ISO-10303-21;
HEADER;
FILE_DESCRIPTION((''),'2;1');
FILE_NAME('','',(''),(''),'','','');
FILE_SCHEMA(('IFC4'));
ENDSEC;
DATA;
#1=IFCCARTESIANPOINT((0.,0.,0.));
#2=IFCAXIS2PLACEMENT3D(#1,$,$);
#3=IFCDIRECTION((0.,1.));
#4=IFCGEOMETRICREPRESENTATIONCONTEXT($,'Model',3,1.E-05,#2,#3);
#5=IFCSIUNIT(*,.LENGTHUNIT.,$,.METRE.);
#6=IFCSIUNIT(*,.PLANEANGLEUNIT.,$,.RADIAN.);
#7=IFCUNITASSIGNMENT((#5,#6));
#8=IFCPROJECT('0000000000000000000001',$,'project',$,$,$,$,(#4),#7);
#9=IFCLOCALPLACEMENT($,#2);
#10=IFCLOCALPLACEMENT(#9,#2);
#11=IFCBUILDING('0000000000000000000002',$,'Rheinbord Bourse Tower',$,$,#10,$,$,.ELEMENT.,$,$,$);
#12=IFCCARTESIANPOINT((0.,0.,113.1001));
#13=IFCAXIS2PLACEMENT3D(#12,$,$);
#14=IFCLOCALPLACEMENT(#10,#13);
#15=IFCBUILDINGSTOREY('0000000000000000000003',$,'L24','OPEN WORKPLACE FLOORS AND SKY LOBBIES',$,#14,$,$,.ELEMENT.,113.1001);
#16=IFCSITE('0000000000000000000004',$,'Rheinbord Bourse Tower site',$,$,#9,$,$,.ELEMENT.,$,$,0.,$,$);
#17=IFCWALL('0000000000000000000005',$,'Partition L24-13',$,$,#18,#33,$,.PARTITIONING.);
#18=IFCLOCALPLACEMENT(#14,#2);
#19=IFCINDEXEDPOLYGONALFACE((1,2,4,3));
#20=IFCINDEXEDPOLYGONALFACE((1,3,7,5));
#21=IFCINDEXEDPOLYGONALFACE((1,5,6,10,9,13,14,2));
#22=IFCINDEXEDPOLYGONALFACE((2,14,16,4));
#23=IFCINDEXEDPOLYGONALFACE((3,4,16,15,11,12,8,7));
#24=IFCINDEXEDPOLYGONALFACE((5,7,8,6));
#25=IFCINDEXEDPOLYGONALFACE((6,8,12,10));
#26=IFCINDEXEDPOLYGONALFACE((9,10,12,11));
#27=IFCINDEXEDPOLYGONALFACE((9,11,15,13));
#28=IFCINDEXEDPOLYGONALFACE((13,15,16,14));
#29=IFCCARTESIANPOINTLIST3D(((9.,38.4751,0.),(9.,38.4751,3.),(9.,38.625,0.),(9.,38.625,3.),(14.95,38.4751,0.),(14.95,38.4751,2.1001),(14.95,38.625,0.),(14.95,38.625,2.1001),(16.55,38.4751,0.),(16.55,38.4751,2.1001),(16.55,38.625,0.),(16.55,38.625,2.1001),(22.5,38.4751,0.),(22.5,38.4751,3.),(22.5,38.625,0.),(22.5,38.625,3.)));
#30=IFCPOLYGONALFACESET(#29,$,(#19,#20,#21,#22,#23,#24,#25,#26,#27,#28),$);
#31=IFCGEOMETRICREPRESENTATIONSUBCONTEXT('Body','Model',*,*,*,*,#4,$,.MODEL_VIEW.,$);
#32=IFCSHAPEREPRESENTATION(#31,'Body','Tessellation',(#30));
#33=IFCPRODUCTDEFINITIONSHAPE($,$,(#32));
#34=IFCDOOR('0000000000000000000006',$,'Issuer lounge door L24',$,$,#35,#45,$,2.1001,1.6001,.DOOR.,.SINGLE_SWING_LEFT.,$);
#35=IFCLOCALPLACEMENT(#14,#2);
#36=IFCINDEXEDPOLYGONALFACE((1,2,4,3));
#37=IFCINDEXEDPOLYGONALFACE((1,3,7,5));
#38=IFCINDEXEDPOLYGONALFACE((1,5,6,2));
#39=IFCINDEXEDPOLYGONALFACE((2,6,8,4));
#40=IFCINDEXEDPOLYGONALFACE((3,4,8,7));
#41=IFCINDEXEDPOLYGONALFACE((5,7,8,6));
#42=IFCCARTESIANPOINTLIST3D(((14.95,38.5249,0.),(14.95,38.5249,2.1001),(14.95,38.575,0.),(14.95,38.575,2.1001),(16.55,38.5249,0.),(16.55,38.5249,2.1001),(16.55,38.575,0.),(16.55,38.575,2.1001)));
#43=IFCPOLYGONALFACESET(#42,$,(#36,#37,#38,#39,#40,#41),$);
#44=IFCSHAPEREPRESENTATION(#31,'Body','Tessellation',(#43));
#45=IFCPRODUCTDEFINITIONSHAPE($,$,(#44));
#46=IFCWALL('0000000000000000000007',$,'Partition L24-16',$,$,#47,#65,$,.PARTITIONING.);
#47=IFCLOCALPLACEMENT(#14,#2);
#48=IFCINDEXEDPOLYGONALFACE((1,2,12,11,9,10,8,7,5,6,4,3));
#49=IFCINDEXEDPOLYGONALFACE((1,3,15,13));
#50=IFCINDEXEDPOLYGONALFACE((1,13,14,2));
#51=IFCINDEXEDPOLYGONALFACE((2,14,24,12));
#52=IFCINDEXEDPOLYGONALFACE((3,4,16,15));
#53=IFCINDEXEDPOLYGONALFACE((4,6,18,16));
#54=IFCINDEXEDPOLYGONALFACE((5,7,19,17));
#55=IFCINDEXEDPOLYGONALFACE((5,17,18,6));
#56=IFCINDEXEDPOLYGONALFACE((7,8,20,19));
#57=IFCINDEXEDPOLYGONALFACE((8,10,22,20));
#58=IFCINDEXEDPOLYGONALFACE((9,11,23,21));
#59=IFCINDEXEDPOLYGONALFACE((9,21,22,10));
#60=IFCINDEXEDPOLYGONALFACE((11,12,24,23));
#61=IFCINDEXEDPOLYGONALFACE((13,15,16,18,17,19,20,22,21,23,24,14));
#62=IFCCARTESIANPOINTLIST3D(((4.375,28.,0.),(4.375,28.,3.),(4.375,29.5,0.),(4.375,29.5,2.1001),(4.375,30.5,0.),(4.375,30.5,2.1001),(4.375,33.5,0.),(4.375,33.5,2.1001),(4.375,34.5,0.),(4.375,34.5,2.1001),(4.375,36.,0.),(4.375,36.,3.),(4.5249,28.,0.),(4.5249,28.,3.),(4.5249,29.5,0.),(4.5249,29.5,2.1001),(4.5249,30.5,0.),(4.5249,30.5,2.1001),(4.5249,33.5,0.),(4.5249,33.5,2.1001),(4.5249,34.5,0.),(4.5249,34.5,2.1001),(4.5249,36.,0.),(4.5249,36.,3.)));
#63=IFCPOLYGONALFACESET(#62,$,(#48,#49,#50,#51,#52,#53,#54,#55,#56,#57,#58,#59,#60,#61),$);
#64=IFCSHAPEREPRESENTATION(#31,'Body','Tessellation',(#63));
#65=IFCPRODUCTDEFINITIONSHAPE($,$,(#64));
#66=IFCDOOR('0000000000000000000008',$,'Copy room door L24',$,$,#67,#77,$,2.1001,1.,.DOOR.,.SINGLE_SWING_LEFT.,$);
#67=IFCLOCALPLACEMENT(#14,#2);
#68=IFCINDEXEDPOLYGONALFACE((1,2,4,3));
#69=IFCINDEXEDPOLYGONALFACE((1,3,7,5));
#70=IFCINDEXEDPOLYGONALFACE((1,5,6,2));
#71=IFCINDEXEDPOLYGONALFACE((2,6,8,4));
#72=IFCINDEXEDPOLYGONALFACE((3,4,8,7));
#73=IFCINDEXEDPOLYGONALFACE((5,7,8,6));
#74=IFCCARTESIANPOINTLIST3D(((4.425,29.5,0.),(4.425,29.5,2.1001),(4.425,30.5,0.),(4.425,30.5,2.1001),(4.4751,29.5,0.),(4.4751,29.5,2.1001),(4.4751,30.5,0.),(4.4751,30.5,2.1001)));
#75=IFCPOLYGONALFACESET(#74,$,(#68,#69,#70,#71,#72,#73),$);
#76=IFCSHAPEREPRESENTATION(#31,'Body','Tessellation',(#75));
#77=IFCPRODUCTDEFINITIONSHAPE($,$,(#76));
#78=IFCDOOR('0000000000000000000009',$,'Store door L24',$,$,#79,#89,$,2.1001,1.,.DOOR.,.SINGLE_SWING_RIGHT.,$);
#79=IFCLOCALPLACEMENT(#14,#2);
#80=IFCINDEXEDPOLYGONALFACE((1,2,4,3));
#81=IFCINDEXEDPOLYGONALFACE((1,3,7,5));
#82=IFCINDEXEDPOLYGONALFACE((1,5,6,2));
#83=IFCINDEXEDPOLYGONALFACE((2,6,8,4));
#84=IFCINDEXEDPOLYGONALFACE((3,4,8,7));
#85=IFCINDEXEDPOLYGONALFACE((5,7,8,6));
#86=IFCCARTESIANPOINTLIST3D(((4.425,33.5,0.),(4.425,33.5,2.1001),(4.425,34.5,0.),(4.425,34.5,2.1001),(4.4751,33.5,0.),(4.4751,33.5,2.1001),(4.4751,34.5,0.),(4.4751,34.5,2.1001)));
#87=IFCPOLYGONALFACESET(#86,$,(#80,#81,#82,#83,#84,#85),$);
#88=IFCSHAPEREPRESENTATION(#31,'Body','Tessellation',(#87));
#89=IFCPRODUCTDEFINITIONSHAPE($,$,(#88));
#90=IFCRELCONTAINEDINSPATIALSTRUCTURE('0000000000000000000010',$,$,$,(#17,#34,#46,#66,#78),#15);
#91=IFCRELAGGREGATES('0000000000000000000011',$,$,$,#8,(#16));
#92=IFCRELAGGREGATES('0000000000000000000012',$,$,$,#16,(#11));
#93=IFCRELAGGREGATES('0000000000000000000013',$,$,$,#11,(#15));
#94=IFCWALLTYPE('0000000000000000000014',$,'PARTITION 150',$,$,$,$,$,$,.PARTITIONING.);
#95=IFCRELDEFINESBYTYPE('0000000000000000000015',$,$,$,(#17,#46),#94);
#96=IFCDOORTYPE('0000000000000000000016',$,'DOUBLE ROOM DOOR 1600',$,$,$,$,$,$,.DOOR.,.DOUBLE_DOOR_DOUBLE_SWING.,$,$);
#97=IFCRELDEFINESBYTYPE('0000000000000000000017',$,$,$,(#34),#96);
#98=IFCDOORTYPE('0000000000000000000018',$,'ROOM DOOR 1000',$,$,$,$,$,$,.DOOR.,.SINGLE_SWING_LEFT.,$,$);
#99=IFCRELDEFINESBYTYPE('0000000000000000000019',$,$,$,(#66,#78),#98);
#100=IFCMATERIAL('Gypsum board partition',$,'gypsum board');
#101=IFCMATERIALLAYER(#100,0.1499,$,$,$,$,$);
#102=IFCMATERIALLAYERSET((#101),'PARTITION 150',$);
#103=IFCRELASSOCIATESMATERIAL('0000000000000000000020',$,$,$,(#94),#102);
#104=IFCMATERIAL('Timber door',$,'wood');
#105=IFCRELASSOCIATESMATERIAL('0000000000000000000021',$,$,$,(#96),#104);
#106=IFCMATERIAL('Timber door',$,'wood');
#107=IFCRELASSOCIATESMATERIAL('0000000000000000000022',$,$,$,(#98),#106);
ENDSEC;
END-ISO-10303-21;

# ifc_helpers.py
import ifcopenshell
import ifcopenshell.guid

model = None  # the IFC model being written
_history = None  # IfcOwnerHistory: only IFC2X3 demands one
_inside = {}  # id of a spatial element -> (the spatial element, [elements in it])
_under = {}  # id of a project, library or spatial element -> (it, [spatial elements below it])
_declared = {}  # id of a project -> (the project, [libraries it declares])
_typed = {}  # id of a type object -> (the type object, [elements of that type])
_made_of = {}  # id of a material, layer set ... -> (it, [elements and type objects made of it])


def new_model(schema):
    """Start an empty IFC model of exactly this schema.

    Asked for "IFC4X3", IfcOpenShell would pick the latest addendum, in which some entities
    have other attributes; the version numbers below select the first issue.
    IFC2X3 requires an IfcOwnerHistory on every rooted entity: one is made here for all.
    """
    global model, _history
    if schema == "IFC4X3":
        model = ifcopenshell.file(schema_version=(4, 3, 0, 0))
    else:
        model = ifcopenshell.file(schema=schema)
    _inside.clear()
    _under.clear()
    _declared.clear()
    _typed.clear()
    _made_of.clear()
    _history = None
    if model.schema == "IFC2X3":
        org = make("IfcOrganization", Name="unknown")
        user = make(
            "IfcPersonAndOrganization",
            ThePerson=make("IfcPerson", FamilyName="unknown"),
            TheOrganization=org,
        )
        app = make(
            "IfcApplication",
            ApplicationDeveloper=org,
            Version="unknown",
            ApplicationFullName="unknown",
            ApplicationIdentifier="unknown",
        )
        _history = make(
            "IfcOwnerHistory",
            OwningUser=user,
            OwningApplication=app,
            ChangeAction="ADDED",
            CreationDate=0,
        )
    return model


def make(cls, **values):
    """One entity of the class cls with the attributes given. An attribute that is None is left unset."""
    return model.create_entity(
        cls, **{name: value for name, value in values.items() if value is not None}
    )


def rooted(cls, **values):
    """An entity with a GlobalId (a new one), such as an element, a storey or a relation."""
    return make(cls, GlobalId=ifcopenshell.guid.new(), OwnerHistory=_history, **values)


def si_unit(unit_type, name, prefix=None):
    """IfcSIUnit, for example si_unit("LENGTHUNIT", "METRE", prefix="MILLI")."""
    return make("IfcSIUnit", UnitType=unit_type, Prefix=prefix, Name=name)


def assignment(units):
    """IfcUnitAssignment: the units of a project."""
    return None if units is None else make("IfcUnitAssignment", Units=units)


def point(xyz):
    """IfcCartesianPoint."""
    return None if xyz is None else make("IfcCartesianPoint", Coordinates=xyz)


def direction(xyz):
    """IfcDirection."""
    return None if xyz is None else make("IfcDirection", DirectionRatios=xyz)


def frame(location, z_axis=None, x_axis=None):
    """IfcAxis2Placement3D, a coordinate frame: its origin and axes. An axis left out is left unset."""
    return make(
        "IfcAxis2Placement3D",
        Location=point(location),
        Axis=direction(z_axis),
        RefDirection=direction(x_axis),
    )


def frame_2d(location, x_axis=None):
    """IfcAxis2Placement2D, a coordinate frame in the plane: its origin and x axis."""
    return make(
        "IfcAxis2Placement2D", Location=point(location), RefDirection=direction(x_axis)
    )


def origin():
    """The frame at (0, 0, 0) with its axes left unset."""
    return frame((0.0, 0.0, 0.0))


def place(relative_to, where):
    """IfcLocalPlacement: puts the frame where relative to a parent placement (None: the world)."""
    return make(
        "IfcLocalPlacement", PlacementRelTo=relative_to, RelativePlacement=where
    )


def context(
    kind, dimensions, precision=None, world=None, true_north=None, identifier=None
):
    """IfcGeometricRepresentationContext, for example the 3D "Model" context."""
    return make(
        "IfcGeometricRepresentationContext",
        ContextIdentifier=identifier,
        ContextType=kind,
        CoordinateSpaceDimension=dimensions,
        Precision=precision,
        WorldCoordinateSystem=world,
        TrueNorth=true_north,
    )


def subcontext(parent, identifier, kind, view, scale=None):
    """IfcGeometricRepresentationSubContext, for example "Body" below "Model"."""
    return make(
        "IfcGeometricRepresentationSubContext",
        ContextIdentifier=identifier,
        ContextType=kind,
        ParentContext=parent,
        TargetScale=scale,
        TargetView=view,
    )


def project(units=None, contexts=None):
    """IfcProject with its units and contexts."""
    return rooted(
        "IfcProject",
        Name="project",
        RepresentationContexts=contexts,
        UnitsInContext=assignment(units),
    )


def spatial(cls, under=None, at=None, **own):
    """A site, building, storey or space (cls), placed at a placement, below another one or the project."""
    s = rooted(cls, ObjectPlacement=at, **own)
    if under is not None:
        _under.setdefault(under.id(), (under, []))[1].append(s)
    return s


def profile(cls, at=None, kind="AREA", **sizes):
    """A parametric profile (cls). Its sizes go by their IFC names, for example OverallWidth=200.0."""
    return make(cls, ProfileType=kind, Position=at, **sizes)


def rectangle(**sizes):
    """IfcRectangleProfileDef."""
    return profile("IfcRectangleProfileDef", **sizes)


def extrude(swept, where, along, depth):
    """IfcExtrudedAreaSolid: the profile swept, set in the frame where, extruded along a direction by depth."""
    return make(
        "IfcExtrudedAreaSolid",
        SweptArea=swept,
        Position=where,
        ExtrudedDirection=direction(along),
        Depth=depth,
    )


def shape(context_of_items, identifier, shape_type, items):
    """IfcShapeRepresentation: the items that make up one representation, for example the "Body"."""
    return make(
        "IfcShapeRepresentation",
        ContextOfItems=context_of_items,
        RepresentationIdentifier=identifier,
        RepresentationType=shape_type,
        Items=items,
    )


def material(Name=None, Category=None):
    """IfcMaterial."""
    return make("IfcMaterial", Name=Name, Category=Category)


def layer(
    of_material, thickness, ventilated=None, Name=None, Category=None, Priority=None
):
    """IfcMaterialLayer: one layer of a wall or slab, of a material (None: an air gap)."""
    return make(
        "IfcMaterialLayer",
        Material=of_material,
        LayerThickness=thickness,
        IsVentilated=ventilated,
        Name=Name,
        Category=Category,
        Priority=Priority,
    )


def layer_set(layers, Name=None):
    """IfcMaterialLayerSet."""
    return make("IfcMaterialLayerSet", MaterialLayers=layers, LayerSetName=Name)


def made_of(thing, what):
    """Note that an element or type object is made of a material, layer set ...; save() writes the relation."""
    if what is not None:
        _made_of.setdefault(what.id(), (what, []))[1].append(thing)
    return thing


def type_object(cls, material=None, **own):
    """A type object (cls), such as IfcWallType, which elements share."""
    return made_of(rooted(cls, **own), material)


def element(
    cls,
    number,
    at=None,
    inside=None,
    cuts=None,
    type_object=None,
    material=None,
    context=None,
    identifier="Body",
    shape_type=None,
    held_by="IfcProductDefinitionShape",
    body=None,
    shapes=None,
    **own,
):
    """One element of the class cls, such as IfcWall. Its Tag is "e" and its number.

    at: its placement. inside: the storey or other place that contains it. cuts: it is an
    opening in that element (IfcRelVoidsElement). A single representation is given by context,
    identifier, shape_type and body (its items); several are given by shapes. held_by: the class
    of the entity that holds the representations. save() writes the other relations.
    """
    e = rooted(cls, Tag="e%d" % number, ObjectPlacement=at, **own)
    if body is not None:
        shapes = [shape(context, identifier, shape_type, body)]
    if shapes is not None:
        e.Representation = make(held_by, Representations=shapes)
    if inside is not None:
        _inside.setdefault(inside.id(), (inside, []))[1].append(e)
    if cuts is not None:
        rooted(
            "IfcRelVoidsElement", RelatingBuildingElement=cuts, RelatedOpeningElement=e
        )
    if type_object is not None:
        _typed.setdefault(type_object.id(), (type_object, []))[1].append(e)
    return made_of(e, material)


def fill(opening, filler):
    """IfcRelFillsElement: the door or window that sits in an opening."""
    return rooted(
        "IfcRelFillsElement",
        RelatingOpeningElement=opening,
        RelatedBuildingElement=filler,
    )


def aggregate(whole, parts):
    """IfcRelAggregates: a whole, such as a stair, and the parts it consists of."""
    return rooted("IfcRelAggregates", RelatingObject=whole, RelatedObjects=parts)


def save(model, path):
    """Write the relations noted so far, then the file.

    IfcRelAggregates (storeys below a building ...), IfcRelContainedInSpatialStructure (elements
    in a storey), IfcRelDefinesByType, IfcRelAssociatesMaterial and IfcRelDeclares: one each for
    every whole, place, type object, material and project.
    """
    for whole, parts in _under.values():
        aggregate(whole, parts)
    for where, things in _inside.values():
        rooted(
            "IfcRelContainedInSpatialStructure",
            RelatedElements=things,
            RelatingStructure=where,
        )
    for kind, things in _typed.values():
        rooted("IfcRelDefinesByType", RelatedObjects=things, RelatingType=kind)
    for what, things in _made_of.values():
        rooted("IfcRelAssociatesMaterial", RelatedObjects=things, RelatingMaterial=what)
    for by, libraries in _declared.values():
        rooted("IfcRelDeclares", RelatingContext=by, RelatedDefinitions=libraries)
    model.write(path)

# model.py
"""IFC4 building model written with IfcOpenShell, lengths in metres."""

from ifc_helpers import new_model, si_unit, direction, frame, frame_2d, origin, place, context, subcontext, project, spatial, rectangle, extrude, material, layer, layer_set, type_object, element, fill, save


model = new_model("IFC4")

# Units and contexts
model_context = context("Model", 3, precision=1e-05, world=origin(), true_north=direction((0.0, 1.0)))
body_context = subcontext(model_context, "Body", "Model", "MODEL_VIEW")
ifc_project = project(units=[si_unit("LENGTHUNIT", "METRE"), si_unit("PLANEANGLEUNIT", "RADIAN")], contexts=[model_context])

# Site, building, storey
site_placement = place(None, origin())
site = spatial("IfcSite", under=ifc_project, at=site_placement, Name="Rheinbord Bourse Tower site", CompositionType="ELEMENT", RefElevation=0.0)
building_placement = place(site_placement, origin())
building = spatial("IfcBuilding", under=site, at=building_placement, Name="Rheinbord Bourse Tower", CompositionType="ELEMENT")
storey_placement = place(building_placement, frame((0.0, 0.0, 113.1001)))
storey = spatial("IfcBuildingStorey", under=building, at=storey_placement, Name="L24", Description="OPEN WORKPLACE FLOORS AND SKY LOBBIES", CompositionType="ELEMENT", Elevation=113.1001)

# Shared definitions
ifc_material_1 = material(Name="Gypsum board partition", Category="gypsum board")
ifc_layer_1 = layer(ifc_material_1, 0.1499)
ifc_layer_set_1 = layer_set([ifc_layer_1], Name="PARTITION 150")
wall_type = type_object("IfcWallType", Name="PARTITION 150", PredefinedType="PARTITIONING", material=ifc_layer_set_1)

# Wall, opening, door
wall_1_placement = place(storey_placement, frame((9.0, 38.55, 0.0), z_axis=(0.0, 0.0, 1.0), x_axis=(1.0, 0.0, 0.0)))
wall_1 = element("IfcWall", 1, at=wall_1_placement, inside=storey, type_object=wall_type, Name="Partition L24-13", PredefinedType="PARTITIONING", context=body_context, shape_type="SweptSolid", body=[
    extrude(rectangle(XDim=13.5, YDim=0.1499, at=frame_2d((6.75, 0.0))), origin(), (0.0, 0.0, 1.0), 3.0),
])
opening_1_placement = place(wall_1_placement, frame((5.95, 0.0, 0.0)))
opening_1 = element("IfcOpeningElement", 2, at=opening_1_placement, cuts=wall_1, PredefinedType="OPENING", context=body_context, shape_type="SweptSolid", body=[
    extrude(rectangle(XDim=1.6001, YDim=2.1001, at=frame_2d((0.8, 1.05))), frame((0.0, 0.085, 0.0), z_axis=(0.0, -1.0, 0.0), x_axis=(1.0, 0.0, 0.0)), (0.0, 0.0, 1.0), 0.1699),
])
ifc_material_2 = material(Name="Timber door", Category="wood")
door_type_1 = type_object("IfcDoorType", Name="DOUBLE ROOM DOOR 1600", OperationType="DOUBLE_DOOR_DOUBLE_SWING", PredefinedType="DOOR", material=ifc_material_2)
door_1_placement = place(opening_1_placement, origin())
door_1 = element("IfcDoor", 3, at=door_1_placement, inside=storey, type_object=door_type_1, Name="Issuer lounge door L24", OperationType="SINGLE_SWING_LEFT", OverallHeight=2.1001, OverallWidth=1.6001, PredefinedType="DOOR", context=body_context, shape_type="SweptSolid", body=[
    extrude(rectangle(XDim=1.6001, YDim=2.1001, at=frame_2d((0.8, 1.05))), frame((0.0, 0.0249, 0.0), z_axis=(0.0, -1.0, 0.0), x_axis=(1.0, 0.0, 0.0)), (0.0, 0.0, 1.0), 0.05),
])
fill(opening_1, door_1)

# Wall, openings, doors
wall_2_placement = place(storey_placement, frame((4.45, 28.0, 0.0), z_axis=(0.0, 0.0, 1.0), x_axis=(0.0, 1.0, 0.0)))
wall_2 = element("IfcWall", 4, at=wall_2_placement, inside=storey, type_object=wall_type, Name="Partition L24-16", PredefinedType="PARTITIONING", context=body_context, shape_type="SweptSolid", body=[
    extrude(rectangle(XDim=8.0, YDim=0.1499, at=frame_2d((4.0, 0.0))), origin(), (0.0, 0.0, 1.0), 3.0),
])
opening_2_placement = place(wall_2_placement, frame((1.5, 0.0, 0.0)))
opening_2 = element("IfcOpeningElement", 5, at=opening_2_placement, cuts=wall_2, PredefinedType="OPENING", context=body_context, shape_type="SweptSolid", body=[
    extrude(rectangle(XDim=1.0, YDim=2.1001, at=frame_2d((0.5, 1.05))), frame((0.0, 0.085, 0.0), z_axis=(0.0, -1.0, 0.0), x_axis=(1.0, 0.0, 0.0)), (0.0, 0.0, 1.0), 0.1699),
])
opening_3_placement = place(wall_2_placement, frame((5.5, 0.0, 0.0)))
opening_3 = element("IfcOpeningElement", 6, at=opening_3_placement, cuts=wall_2, PredefinedType="OPENING", context=body_context, shape_type="SweptSolid", body=[
    extrude(rectangle(XDim=1.0, YDim=2.1001, at=frame_2d((0.5, 1.05))), frame((0.0, 0.085, 0.0), z_axis=(0.0, -1.0, 0.0), x_axis=(1.0, 0.0, 0.0)), (0.0, 0.0, 1.0), 0.1699),
])
ifc_material_3 = material(Name="Timber door", Category="wood")
door_type_2 = type_object("IfcDoorType", Name="ROOM DOOR 1000", OperationType="SINGLE_SWING_LEFT", PredefinedType="DOOR", material=ifc_material_3)
door_2_placement = place(opening_2_placement, origin())
door_2 = element("IfcDoor", 7, at=door_2_placement, inside=storey, type_object=door_type_2, Name="Copy room door L24", OperationType="SINGLE_SWING_LEFT", OverallHeight=2.1001, OverallWidth=1.0, PredefinedType="DOOR", context=body_context, shape_type="SweptSolid", body=[
    extrude(rectangle(XDim=1.0, YDim=2.1001, at=frame_2d((0.5, 1.05))), frame((0.0, 0.0249, 0.0), z_axis=(0.0, -1.0, 0.0), x_axis=(1.0, 0.0, 0.0)), (0.0, 0.0, 1.0), 0.05),
])
fill(opening_2, door_2)
door_3_placement = place(opening_3_placement, origin())
door_3 = element("IfcDoor", 8, at=door_3_placement, inside=storey, type_object=door_type_2, Name="Store door L24", OperationType="SINGLE_SWING_RIGHT", OverallHeight=2.1001, OverallWidth=1.0, PredefinedType="DOOR", context=body_context, shape_type="SweptSolid", body=[
    extrude(rectangle(XDim=1.0, YDim=2.1001, at=frame_2d((0.5, 1.05))), frame((0.0, 0.0249, 0.0), z_axis=(0.0, -1.0, 0.0), x_axis=(1.0, 0.0, 0.0)), (0.0, 0.0, 1.0), 0.05),
])
fill(opening_3, door_3)

save(model, "model.ifc")
